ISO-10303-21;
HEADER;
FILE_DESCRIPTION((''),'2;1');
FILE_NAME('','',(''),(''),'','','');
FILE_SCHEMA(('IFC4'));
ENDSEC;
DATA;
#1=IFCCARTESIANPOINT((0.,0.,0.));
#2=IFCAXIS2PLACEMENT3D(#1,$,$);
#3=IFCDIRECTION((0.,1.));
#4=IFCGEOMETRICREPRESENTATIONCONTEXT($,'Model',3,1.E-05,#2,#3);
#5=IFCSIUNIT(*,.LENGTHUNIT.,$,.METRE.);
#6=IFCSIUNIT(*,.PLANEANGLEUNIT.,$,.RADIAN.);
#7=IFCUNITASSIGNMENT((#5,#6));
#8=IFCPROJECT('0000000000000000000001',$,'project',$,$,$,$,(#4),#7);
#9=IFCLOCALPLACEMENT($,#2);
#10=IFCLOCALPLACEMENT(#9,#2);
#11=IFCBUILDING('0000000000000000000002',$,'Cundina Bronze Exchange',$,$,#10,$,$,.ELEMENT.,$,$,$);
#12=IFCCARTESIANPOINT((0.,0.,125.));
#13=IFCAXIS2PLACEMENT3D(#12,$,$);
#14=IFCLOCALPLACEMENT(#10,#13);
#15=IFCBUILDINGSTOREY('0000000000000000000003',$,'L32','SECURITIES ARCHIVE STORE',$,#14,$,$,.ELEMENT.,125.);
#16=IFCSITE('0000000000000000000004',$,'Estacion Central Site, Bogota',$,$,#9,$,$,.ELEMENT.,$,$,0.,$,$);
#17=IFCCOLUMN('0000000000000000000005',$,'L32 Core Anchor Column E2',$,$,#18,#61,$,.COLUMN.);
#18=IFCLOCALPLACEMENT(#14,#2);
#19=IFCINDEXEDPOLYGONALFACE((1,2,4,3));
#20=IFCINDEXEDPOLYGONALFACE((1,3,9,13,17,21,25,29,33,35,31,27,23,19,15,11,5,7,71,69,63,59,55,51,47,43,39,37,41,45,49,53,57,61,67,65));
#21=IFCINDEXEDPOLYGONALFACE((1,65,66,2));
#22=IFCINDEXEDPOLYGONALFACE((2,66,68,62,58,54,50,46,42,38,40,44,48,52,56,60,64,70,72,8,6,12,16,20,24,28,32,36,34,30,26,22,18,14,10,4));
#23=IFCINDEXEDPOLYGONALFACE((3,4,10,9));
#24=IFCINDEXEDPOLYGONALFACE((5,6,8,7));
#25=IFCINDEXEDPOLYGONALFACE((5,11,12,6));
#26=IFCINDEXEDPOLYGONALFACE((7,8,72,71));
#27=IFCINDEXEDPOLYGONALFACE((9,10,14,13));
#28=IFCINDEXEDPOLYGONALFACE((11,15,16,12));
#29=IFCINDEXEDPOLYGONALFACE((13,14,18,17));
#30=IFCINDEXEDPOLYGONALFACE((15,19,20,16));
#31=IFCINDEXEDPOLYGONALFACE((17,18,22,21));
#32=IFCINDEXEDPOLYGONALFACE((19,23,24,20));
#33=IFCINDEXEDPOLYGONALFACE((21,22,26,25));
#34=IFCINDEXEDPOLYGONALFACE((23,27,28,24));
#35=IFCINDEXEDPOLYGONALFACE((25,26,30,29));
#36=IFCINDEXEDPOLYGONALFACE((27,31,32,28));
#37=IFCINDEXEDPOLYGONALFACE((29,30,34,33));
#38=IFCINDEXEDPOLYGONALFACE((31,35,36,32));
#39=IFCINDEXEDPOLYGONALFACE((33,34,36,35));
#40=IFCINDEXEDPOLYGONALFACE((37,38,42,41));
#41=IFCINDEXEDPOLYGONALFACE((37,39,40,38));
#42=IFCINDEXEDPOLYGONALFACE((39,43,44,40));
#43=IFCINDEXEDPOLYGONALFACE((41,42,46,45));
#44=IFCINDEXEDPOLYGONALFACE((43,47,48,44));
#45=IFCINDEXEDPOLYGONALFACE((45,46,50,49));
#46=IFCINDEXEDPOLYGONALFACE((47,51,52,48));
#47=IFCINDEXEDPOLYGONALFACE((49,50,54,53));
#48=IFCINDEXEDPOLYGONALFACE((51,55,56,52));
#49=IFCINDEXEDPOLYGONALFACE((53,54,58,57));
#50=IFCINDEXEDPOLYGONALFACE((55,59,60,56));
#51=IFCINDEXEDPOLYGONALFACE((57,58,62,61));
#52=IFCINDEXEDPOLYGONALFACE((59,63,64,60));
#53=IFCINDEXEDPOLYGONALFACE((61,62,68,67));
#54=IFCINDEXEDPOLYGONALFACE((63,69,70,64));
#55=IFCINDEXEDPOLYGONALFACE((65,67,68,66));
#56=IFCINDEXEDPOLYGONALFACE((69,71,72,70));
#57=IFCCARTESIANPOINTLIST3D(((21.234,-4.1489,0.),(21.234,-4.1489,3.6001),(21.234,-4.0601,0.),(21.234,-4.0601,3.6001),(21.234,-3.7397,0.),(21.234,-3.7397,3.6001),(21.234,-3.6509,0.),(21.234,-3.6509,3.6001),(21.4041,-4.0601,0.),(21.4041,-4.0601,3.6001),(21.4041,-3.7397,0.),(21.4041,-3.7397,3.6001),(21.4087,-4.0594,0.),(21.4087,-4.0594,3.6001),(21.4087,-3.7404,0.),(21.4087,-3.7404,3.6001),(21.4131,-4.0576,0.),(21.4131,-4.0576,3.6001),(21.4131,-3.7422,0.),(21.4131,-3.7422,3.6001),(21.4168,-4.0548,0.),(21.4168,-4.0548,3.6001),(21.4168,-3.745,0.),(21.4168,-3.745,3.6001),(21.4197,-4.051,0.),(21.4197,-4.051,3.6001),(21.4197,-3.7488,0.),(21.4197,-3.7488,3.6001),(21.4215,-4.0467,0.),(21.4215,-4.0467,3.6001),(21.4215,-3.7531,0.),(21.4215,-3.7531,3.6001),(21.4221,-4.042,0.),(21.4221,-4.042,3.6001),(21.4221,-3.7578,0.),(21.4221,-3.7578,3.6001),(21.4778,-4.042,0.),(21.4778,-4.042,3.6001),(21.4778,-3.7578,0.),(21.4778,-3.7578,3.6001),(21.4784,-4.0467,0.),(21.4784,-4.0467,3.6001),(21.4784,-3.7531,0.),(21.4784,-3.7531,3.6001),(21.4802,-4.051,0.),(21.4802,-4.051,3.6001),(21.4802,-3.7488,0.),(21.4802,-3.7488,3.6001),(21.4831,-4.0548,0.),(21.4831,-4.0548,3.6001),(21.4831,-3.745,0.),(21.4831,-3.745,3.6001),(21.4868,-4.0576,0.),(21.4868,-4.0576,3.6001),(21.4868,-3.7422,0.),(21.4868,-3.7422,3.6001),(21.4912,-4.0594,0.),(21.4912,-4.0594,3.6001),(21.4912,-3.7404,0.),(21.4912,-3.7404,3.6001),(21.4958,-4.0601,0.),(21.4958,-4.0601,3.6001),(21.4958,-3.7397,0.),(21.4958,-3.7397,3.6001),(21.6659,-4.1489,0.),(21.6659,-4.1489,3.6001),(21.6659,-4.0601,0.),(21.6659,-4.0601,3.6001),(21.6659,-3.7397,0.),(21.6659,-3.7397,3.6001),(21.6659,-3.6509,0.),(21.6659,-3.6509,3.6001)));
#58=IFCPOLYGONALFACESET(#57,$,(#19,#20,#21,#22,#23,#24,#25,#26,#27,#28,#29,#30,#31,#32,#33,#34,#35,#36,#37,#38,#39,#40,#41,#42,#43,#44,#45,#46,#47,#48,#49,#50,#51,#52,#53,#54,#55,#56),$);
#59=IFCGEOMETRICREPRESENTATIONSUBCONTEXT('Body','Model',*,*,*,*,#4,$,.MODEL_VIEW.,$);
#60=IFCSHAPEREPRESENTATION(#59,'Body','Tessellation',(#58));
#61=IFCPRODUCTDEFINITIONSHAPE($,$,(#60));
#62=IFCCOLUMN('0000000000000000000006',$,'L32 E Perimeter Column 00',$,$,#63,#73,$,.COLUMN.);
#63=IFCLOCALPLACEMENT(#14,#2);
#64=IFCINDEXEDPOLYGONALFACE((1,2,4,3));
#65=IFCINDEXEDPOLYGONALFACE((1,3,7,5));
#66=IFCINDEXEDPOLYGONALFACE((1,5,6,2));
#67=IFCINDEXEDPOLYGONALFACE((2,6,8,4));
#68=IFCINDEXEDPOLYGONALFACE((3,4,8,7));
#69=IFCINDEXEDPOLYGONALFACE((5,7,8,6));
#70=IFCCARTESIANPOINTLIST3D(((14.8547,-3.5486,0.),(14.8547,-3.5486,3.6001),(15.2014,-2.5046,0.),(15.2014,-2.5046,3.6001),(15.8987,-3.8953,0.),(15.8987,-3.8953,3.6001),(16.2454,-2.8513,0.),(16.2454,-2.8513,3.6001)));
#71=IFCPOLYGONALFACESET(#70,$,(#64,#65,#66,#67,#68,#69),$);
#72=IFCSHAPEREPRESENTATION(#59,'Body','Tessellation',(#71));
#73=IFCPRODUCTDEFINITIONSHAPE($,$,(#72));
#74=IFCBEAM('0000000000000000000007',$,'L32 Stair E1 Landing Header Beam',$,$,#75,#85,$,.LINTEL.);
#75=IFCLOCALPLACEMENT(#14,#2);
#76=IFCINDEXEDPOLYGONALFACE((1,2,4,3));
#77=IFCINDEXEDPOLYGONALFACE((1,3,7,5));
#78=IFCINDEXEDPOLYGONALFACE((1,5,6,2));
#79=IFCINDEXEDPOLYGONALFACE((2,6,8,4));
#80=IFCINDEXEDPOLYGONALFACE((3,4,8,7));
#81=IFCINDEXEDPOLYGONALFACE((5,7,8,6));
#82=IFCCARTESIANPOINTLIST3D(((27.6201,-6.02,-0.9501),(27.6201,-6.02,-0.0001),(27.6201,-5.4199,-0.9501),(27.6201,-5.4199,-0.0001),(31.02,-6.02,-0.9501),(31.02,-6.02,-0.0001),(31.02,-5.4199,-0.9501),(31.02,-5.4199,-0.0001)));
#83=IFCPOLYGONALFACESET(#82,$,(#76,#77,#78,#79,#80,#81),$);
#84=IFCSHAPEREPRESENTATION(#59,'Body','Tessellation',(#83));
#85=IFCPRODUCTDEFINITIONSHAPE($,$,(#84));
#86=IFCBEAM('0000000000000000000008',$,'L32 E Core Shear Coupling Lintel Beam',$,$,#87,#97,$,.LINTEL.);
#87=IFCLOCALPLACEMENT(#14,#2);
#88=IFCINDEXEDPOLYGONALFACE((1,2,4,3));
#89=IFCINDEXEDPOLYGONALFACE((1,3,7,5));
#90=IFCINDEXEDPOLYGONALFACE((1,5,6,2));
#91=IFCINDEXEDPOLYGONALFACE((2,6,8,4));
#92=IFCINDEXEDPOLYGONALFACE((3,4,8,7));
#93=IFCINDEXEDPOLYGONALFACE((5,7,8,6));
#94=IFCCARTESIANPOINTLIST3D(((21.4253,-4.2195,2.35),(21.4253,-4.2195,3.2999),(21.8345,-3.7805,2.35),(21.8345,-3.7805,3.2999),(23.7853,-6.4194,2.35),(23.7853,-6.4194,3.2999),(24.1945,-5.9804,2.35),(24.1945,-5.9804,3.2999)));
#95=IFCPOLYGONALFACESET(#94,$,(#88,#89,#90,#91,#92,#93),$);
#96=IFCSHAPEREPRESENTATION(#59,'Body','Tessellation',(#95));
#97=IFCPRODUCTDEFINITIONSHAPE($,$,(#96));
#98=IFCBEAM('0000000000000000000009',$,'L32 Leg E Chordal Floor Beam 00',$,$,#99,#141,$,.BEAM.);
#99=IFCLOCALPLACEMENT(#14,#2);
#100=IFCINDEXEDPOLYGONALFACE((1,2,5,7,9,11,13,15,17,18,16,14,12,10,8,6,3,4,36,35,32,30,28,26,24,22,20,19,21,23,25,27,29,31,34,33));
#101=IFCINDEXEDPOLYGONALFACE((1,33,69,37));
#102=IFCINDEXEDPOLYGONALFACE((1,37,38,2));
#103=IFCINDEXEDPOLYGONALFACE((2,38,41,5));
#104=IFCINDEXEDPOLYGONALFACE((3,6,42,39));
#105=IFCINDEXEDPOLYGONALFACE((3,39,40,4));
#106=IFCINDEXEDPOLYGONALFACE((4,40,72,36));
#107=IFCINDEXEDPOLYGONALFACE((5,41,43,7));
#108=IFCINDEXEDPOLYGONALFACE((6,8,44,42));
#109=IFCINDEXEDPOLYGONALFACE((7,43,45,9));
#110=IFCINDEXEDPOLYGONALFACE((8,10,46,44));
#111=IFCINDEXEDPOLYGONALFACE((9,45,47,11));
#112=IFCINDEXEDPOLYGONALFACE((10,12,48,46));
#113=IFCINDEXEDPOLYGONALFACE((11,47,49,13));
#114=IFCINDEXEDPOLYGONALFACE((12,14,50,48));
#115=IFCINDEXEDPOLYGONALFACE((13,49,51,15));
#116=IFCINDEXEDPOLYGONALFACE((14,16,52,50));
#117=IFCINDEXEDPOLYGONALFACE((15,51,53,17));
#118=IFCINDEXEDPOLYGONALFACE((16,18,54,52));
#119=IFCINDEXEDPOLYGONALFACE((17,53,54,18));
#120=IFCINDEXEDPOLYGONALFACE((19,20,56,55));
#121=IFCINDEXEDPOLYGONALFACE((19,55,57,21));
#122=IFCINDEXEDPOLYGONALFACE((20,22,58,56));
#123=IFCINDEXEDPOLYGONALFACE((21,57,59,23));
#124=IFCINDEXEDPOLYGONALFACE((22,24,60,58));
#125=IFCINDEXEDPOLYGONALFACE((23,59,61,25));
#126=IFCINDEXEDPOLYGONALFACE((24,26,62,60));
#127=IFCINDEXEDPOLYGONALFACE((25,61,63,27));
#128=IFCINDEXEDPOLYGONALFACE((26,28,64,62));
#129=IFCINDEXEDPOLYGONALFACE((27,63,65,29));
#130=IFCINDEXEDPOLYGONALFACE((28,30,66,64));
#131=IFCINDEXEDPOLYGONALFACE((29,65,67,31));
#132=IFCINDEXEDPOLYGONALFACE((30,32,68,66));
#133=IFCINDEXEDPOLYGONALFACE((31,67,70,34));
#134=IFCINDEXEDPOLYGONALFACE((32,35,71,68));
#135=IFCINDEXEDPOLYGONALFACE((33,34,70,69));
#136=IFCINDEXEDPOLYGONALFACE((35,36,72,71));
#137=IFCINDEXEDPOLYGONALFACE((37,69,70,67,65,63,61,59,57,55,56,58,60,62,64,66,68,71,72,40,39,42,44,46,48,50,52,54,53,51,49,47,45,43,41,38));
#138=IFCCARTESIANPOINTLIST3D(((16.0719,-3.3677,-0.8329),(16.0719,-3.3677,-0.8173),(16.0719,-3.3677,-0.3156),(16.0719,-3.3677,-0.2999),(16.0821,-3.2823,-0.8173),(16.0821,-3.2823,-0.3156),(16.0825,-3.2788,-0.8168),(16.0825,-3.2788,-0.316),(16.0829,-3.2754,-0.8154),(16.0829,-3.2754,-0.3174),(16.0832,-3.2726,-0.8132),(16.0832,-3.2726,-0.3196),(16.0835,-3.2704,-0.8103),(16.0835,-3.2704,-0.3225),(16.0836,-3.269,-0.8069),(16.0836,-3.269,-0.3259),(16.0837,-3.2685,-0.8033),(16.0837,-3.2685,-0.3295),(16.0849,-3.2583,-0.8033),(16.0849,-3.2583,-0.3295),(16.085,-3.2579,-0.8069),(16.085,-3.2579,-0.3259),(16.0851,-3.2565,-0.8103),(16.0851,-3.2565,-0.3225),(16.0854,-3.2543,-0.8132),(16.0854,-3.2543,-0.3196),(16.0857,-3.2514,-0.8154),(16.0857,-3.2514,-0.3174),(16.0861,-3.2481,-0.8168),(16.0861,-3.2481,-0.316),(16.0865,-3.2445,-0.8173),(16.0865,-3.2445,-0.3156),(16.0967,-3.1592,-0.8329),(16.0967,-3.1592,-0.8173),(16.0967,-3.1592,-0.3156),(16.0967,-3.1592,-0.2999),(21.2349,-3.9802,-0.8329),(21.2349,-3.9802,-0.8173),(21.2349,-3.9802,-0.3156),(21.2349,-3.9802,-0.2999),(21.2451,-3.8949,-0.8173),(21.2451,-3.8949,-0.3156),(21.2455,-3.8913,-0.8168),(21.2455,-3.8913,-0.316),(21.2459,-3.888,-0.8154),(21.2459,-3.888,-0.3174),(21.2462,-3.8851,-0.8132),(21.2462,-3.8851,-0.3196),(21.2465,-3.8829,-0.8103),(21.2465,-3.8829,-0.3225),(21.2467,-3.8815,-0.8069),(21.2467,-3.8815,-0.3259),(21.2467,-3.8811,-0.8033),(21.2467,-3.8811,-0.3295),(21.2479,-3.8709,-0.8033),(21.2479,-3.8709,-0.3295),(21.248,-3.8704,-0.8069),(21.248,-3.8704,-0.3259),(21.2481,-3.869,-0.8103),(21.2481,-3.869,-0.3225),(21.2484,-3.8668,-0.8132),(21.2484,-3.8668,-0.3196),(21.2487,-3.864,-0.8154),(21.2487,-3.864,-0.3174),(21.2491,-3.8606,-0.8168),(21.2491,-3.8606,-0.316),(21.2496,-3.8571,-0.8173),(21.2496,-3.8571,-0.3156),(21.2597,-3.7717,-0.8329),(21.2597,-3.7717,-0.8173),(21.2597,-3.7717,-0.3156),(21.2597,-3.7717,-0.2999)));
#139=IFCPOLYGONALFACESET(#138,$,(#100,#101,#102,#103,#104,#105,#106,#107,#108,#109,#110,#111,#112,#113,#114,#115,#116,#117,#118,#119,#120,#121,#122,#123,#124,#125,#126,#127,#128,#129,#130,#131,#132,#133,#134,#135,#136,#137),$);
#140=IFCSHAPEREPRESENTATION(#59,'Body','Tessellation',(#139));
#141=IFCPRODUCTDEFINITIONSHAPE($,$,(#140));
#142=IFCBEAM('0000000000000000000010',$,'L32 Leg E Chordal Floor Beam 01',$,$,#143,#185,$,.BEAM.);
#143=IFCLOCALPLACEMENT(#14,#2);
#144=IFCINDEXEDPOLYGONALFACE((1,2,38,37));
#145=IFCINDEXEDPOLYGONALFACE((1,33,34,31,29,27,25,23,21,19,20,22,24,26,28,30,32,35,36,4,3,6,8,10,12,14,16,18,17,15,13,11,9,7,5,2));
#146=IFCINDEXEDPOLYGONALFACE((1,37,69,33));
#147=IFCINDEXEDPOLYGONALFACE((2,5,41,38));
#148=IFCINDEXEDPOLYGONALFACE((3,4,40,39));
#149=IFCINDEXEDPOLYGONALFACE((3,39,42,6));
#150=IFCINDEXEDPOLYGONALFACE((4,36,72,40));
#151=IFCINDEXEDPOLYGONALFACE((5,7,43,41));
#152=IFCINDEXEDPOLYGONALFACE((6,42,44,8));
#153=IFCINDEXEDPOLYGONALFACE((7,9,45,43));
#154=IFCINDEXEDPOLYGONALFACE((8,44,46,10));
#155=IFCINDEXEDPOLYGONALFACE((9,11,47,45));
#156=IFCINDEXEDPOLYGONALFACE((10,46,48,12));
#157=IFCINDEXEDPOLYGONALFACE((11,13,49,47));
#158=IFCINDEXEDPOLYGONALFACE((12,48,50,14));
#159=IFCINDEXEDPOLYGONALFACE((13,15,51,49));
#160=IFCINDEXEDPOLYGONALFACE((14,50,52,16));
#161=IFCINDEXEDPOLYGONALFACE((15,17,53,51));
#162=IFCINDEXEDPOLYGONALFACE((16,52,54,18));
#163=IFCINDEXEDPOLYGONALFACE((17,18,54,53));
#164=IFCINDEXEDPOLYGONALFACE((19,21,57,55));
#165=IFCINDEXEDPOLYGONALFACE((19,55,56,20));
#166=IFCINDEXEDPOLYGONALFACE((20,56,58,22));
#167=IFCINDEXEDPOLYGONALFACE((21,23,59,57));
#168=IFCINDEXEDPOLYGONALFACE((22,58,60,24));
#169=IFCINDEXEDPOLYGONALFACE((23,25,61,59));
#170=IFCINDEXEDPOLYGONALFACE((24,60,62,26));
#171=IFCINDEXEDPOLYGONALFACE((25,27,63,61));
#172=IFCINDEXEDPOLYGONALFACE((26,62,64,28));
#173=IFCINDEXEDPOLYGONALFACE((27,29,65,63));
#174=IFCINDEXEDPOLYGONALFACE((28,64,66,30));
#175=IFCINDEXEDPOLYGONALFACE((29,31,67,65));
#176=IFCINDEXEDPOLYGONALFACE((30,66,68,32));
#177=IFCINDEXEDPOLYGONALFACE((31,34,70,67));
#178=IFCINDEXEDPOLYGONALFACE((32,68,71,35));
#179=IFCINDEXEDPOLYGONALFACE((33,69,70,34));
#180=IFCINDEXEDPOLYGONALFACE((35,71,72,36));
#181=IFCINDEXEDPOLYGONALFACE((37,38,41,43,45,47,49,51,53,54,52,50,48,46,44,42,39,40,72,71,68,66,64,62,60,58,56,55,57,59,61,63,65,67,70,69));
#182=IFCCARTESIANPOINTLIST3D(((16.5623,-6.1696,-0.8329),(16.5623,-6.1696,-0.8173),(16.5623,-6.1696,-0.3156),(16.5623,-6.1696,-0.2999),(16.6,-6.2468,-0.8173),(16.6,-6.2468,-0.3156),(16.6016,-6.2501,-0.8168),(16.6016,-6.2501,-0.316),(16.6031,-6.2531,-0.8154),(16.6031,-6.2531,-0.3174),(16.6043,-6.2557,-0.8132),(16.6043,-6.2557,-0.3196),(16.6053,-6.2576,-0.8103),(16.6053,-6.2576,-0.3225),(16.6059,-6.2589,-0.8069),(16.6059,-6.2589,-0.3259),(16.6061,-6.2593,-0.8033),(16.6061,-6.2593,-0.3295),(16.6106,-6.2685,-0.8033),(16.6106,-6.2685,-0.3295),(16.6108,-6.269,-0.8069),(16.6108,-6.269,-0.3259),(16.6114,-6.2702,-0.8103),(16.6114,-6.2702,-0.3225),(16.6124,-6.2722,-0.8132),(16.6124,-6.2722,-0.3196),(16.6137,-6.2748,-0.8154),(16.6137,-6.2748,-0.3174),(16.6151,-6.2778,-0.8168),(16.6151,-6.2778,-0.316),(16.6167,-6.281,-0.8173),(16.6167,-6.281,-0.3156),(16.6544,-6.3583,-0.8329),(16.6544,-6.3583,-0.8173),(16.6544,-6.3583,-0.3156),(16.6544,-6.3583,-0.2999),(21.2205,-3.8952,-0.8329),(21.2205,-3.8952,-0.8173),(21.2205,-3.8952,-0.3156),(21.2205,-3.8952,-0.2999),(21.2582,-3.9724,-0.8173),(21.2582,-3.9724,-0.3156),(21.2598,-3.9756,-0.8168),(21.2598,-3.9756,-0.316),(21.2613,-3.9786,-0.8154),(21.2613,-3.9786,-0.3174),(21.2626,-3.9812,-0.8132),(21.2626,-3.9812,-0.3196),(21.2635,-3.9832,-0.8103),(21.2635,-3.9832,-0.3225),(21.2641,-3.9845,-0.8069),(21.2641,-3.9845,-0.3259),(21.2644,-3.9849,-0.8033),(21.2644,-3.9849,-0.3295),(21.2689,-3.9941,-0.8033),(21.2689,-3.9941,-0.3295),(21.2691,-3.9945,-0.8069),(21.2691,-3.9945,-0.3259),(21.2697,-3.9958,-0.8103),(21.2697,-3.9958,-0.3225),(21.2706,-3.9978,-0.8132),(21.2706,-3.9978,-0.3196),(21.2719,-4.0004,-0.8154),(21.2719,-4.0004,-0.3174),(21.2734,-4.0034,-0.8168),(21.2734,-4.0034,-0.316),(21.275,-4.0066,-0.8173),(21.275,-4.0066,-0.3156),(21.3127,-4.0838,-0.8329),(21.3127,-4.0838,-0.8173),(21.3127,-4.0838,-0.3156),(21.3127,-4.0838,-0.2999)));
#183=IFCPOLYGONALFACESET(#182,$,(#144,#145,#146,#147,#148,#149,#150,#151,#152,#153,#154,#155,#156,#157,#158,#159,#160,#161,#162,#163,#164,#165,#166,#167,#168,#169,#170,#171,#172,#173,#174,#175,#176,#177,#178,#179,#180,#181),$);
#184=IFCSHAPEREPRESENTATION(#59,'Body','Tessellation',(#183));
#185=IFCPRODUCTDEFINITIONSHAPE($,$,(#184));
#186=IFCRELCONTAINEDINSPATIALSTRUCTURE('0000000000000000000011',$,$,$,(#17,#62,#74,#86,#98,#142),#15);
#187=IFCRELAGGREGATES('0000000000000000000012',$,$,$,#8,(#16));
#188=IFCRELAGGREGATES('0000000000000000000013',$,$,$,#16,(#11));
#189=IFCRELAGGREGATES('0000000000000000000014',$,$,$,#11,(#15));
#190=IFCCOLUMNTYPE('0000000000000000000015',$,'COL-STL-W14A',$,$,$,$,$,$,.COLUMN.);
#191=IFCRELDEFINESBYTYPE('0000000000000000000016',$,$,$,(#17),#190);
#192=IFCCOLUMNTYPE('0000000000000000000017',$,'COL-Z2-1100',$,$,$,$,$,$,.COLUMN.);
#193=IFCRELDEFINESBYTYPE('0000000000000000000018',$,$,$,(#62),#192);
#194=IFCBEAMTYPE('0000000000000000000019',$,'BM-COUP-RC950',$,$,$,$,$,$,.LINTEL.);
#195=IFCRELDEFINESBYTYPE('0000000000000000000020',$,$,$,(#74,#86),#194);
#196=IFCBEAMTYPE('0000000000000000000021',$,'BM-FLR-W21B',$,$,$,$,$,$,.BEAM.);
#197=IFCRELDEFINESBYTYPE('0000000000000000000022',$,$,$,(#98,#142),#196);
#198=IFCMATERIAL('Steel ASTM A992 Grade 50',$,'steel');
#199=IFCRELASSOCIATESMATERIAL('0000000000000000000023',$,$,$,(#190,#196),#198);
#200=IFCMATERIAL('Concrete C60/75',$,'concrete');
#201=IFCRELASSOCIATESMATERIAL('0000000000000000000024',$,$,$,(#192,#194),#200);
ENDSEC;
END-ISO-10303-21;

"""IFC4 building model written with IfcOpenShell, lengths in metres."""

from ifc_helpers import new_model, si_unit, direction, frame, origin, origin_2d, place, context, subcontext, project, spatial, rectangle, i_section, extrude, material, material_profile, profile_set, type_object, element, save


model = new_model("IFC4")

# Units and contexts
model_context = context("Model", 3, precision=1e-05, world=origin(), true_north=direction((0.0, 1.0)))
body_context = subcontext(model_context, "Body", "Model", "MODEL_VIEW")
ifc_project = project(units=[si_unit("LENGTHUNIT", "METRE"), si_unit("PLANEANGLEUNIT", "RADIAN")], contexts=[model_context])

# Site, building, storey
site_placement = place(None, origin())
site = spatial("IfcSite", under=ifc_project, at=site_placement, Name="Estacion Central Site, Bogota", CompositionType="ELEMENT", RefElevation=0.0)
building_placement = place(site_placement, origin())
building = spatial("IfcBuilding", under=site, at=building_placement, Name="Cundina Bronze Exchange", CompositionType="ELEMENT")
storey_placement = place(building_placement, frame((0.0, 0.0, 125.0)))
storey = spatial("IfcBuildingStorey", under=building, at=storey_placement, Name="L32", Description="SECURITIES ARCHIVE STORE", CompositionType="ELEMENT", Elevation=125.0)

# Columns
ifc_material_1 = material(Name="Steel ASTM A992 Grade 50", Category="steel")
ifc_material_profile_1 = material_profile(ifc_material_1, i_section(OverallWidth=0.4319, OverallDepth=0.498, WebThickness=0.0557, FlangeThickness=0.0889, FilletRadius=0.0181, at=origin_2d()), Name="W14X500", Category="steel")
ifc_profile_set_1 = profile_set([ifc_material_profile_1], Name="Steel ASTM A992 Grade 50")
column_type_1 = type_object("IfcColumnType", Name="COL-STL-W14A", PredefinedType="COLUMN", material=ifc_profile_set_1)
column_1_placement = place(storey_placement, frame((21.45, -3.8999, 0.0), z_axis=(0.0, 0.0, 1.0), x_axis=(1.0, 0.0, 0.0)))
element("IfcColumn", 1, at=column_1_placement, inside=storey, type_object=column_type_1, Name="L32 Core Anchor Column E2", PredefinedType="COLUMN", context=body_context, shape_type="SweptSolid", body=[
    extrude(i_section(OverallWidth=0.4319, OverallDepth=0.498, WebThickness=0.0557, FlangeThickness=0.0889, FilletRadius=0.0181, at=origin_2d()), origin(), (0.0, 0.0, 1.0), 3.6001),
])
ifc_material_2 = material(Name="Concrete C60/75", Category="concrete")
ifc_material_profile_2 = material_profile(ifc_material_2, rectangle(XDim=1.1001, YDim=1.1001, at=origin_2d()), Name="RC1100X1100", Category="concrete")
ifc_profile_set_2 = profile_set([ifc_material_profile_2], Name="Concrete C60/75")
column_type_2 = type_object("IfcColumnType", Name="COL-Z2-1100", PredefinedType="COLUMN", material=ifc_profile_set_2)
column_2_placement = place(storey_placement, frame((15.55, -3.2, 0.0), z_axis=(0.0, 0.0, 1.0), x_axis=(-0.315152, -0.949041, 0.0)))
element("IfcColumn", 2, at=column_2_placement, inside=storey, type_object=column_type_2, Name="L32 E Perimeter Column 00", PredefinedType="COLUMN", context=body_context, shape_type="SweptSolid", body=[
    extrude(rectangle(XDim=1.1001, YDim=1.1001, at=origin_2d()), origin(), (0.0, 0.0, 1.0), 3.6001),
])

# Beams
ifc_material_profile_3 = material_profile(ifc_material_2, rectangle(XDim=0.6001, YDim=0.95, at=origin_2d()), Name="RC600X950", Category="concrete")
ifc_profile_set_3 = profile_set([ifc_material_profile_3], Name="Concrete C60/75")
beam_type_1 = type_object("IfcBeamType", Name="BM-COUP-RC950", PredefinedType="LINTEL", material=ifc_profile_set_3)
beam_1_placement = place(storey_placement, frame((27.6201, -5.72, -0.4751), z_axis=(1.0, 0.0, 0.0), x_axis=(0.0, 1.0, 0.0)))
element("IfcBeam", 3, at=beam_1_placement, inside=storey, type_object=beam_type_1, Name="L32 Stair E1 Landing Header Beam", PredefinedType="LINTEL", context=body_context, shape_type="SweptSolid", body=[
    extrude(rectangle(XDim=0.6001, YDim=0.95, at=origin_2d()), origin(), (0.0, 0.0, 1.0), 3.3999),
])
beam_2_placement = place(storey_placement, frame((21.6299, -4.0, 2.825), z_axis=(0.73149, -0.681852, 0.0), x_axis=(0.681852, 0.73149, 0.0)))
element("IfcBeam", 4, at=beam_2_placement, inside=storey, type_object=beam_type_1, Name="L32 E Core Shear Coupling Lintel Beam", PredefinedType="LINTEL", context=body_context, shape_type="SweptSolid", body=[
    extrude(rectangle(XDim=0.6001, YDim=0.95, at=origin_2d()), origin(), (0.0, 0.0, 1.0), 3.2263),
])
ifc_material_profile_4 = material_profile(ifc_material_1, i_section(OverallWidth=0.21, OverallDepth=0.533, WebThickness=0.0103, FlangeThickness=0.0156, FilletRadius=0.0139, at=origin_2d()), Name="W21X62", Category="steel")
ifc_profile_set_4 = profile_set([ifc_material_profile_4], Name="Steel ASTM A992 Grade 50")
beam_type_2 = type_object("IfcBeamType", Name="BM-FLR-W21B", PredefinedType="BEAM", material=ifc_profile_set_4)
beam_3_placement = place(storey_placement, frame((21.2473, -3.876, -0.5664), z_axis=(-0.993036, 0.117814, 0.0), x_axis=(-0.117814, -0.993036, 0.0)))
element("IfcBeam", 5, at=beam_3_placement, inside=storey, type_object=beam_type_2, Name="L32 Leg E Chordal Floor Beam 00", PredefinedType="BEAM", context=body_context, shape_type="SweptSolid", body=[
    extrude(i_section(OverallWidth=0.21, OverallDepth=0.533, WebThickness=0.0103, FlangeThickness=0.0156, FilletRadius=0.0139, at=origin_2d()), origin(), (0.0, 0.0, 1.0), 5.1992),
])
beam_4_placement = place(storey_placement, frame((21.2666, -3.9895, -0.5664), z_axis=(-0.898607, -0.438754, 0.0), x_axis=(0.438754, -0.898607, 0.0)))
element("IfcBeam", 6, at=beam_4_placement, inside=storey, type_object=beam_type_2, Name="L32 Leg E Chordal Floor Beam 01", PredefinedType="BEAM", context=body_context, shape_type="SweptSolid", body=[
    extrude(i_section(OverallWidth=0.21, OverallDepth=0.533, WebThickness=0.0103, FlangeThickness=0.0156, FilletRadius=0.0139, at=origin_2d()), origin(), (0.0, 0.0, 1.0), 5.1838),
])

save(model, "model.ifc")
